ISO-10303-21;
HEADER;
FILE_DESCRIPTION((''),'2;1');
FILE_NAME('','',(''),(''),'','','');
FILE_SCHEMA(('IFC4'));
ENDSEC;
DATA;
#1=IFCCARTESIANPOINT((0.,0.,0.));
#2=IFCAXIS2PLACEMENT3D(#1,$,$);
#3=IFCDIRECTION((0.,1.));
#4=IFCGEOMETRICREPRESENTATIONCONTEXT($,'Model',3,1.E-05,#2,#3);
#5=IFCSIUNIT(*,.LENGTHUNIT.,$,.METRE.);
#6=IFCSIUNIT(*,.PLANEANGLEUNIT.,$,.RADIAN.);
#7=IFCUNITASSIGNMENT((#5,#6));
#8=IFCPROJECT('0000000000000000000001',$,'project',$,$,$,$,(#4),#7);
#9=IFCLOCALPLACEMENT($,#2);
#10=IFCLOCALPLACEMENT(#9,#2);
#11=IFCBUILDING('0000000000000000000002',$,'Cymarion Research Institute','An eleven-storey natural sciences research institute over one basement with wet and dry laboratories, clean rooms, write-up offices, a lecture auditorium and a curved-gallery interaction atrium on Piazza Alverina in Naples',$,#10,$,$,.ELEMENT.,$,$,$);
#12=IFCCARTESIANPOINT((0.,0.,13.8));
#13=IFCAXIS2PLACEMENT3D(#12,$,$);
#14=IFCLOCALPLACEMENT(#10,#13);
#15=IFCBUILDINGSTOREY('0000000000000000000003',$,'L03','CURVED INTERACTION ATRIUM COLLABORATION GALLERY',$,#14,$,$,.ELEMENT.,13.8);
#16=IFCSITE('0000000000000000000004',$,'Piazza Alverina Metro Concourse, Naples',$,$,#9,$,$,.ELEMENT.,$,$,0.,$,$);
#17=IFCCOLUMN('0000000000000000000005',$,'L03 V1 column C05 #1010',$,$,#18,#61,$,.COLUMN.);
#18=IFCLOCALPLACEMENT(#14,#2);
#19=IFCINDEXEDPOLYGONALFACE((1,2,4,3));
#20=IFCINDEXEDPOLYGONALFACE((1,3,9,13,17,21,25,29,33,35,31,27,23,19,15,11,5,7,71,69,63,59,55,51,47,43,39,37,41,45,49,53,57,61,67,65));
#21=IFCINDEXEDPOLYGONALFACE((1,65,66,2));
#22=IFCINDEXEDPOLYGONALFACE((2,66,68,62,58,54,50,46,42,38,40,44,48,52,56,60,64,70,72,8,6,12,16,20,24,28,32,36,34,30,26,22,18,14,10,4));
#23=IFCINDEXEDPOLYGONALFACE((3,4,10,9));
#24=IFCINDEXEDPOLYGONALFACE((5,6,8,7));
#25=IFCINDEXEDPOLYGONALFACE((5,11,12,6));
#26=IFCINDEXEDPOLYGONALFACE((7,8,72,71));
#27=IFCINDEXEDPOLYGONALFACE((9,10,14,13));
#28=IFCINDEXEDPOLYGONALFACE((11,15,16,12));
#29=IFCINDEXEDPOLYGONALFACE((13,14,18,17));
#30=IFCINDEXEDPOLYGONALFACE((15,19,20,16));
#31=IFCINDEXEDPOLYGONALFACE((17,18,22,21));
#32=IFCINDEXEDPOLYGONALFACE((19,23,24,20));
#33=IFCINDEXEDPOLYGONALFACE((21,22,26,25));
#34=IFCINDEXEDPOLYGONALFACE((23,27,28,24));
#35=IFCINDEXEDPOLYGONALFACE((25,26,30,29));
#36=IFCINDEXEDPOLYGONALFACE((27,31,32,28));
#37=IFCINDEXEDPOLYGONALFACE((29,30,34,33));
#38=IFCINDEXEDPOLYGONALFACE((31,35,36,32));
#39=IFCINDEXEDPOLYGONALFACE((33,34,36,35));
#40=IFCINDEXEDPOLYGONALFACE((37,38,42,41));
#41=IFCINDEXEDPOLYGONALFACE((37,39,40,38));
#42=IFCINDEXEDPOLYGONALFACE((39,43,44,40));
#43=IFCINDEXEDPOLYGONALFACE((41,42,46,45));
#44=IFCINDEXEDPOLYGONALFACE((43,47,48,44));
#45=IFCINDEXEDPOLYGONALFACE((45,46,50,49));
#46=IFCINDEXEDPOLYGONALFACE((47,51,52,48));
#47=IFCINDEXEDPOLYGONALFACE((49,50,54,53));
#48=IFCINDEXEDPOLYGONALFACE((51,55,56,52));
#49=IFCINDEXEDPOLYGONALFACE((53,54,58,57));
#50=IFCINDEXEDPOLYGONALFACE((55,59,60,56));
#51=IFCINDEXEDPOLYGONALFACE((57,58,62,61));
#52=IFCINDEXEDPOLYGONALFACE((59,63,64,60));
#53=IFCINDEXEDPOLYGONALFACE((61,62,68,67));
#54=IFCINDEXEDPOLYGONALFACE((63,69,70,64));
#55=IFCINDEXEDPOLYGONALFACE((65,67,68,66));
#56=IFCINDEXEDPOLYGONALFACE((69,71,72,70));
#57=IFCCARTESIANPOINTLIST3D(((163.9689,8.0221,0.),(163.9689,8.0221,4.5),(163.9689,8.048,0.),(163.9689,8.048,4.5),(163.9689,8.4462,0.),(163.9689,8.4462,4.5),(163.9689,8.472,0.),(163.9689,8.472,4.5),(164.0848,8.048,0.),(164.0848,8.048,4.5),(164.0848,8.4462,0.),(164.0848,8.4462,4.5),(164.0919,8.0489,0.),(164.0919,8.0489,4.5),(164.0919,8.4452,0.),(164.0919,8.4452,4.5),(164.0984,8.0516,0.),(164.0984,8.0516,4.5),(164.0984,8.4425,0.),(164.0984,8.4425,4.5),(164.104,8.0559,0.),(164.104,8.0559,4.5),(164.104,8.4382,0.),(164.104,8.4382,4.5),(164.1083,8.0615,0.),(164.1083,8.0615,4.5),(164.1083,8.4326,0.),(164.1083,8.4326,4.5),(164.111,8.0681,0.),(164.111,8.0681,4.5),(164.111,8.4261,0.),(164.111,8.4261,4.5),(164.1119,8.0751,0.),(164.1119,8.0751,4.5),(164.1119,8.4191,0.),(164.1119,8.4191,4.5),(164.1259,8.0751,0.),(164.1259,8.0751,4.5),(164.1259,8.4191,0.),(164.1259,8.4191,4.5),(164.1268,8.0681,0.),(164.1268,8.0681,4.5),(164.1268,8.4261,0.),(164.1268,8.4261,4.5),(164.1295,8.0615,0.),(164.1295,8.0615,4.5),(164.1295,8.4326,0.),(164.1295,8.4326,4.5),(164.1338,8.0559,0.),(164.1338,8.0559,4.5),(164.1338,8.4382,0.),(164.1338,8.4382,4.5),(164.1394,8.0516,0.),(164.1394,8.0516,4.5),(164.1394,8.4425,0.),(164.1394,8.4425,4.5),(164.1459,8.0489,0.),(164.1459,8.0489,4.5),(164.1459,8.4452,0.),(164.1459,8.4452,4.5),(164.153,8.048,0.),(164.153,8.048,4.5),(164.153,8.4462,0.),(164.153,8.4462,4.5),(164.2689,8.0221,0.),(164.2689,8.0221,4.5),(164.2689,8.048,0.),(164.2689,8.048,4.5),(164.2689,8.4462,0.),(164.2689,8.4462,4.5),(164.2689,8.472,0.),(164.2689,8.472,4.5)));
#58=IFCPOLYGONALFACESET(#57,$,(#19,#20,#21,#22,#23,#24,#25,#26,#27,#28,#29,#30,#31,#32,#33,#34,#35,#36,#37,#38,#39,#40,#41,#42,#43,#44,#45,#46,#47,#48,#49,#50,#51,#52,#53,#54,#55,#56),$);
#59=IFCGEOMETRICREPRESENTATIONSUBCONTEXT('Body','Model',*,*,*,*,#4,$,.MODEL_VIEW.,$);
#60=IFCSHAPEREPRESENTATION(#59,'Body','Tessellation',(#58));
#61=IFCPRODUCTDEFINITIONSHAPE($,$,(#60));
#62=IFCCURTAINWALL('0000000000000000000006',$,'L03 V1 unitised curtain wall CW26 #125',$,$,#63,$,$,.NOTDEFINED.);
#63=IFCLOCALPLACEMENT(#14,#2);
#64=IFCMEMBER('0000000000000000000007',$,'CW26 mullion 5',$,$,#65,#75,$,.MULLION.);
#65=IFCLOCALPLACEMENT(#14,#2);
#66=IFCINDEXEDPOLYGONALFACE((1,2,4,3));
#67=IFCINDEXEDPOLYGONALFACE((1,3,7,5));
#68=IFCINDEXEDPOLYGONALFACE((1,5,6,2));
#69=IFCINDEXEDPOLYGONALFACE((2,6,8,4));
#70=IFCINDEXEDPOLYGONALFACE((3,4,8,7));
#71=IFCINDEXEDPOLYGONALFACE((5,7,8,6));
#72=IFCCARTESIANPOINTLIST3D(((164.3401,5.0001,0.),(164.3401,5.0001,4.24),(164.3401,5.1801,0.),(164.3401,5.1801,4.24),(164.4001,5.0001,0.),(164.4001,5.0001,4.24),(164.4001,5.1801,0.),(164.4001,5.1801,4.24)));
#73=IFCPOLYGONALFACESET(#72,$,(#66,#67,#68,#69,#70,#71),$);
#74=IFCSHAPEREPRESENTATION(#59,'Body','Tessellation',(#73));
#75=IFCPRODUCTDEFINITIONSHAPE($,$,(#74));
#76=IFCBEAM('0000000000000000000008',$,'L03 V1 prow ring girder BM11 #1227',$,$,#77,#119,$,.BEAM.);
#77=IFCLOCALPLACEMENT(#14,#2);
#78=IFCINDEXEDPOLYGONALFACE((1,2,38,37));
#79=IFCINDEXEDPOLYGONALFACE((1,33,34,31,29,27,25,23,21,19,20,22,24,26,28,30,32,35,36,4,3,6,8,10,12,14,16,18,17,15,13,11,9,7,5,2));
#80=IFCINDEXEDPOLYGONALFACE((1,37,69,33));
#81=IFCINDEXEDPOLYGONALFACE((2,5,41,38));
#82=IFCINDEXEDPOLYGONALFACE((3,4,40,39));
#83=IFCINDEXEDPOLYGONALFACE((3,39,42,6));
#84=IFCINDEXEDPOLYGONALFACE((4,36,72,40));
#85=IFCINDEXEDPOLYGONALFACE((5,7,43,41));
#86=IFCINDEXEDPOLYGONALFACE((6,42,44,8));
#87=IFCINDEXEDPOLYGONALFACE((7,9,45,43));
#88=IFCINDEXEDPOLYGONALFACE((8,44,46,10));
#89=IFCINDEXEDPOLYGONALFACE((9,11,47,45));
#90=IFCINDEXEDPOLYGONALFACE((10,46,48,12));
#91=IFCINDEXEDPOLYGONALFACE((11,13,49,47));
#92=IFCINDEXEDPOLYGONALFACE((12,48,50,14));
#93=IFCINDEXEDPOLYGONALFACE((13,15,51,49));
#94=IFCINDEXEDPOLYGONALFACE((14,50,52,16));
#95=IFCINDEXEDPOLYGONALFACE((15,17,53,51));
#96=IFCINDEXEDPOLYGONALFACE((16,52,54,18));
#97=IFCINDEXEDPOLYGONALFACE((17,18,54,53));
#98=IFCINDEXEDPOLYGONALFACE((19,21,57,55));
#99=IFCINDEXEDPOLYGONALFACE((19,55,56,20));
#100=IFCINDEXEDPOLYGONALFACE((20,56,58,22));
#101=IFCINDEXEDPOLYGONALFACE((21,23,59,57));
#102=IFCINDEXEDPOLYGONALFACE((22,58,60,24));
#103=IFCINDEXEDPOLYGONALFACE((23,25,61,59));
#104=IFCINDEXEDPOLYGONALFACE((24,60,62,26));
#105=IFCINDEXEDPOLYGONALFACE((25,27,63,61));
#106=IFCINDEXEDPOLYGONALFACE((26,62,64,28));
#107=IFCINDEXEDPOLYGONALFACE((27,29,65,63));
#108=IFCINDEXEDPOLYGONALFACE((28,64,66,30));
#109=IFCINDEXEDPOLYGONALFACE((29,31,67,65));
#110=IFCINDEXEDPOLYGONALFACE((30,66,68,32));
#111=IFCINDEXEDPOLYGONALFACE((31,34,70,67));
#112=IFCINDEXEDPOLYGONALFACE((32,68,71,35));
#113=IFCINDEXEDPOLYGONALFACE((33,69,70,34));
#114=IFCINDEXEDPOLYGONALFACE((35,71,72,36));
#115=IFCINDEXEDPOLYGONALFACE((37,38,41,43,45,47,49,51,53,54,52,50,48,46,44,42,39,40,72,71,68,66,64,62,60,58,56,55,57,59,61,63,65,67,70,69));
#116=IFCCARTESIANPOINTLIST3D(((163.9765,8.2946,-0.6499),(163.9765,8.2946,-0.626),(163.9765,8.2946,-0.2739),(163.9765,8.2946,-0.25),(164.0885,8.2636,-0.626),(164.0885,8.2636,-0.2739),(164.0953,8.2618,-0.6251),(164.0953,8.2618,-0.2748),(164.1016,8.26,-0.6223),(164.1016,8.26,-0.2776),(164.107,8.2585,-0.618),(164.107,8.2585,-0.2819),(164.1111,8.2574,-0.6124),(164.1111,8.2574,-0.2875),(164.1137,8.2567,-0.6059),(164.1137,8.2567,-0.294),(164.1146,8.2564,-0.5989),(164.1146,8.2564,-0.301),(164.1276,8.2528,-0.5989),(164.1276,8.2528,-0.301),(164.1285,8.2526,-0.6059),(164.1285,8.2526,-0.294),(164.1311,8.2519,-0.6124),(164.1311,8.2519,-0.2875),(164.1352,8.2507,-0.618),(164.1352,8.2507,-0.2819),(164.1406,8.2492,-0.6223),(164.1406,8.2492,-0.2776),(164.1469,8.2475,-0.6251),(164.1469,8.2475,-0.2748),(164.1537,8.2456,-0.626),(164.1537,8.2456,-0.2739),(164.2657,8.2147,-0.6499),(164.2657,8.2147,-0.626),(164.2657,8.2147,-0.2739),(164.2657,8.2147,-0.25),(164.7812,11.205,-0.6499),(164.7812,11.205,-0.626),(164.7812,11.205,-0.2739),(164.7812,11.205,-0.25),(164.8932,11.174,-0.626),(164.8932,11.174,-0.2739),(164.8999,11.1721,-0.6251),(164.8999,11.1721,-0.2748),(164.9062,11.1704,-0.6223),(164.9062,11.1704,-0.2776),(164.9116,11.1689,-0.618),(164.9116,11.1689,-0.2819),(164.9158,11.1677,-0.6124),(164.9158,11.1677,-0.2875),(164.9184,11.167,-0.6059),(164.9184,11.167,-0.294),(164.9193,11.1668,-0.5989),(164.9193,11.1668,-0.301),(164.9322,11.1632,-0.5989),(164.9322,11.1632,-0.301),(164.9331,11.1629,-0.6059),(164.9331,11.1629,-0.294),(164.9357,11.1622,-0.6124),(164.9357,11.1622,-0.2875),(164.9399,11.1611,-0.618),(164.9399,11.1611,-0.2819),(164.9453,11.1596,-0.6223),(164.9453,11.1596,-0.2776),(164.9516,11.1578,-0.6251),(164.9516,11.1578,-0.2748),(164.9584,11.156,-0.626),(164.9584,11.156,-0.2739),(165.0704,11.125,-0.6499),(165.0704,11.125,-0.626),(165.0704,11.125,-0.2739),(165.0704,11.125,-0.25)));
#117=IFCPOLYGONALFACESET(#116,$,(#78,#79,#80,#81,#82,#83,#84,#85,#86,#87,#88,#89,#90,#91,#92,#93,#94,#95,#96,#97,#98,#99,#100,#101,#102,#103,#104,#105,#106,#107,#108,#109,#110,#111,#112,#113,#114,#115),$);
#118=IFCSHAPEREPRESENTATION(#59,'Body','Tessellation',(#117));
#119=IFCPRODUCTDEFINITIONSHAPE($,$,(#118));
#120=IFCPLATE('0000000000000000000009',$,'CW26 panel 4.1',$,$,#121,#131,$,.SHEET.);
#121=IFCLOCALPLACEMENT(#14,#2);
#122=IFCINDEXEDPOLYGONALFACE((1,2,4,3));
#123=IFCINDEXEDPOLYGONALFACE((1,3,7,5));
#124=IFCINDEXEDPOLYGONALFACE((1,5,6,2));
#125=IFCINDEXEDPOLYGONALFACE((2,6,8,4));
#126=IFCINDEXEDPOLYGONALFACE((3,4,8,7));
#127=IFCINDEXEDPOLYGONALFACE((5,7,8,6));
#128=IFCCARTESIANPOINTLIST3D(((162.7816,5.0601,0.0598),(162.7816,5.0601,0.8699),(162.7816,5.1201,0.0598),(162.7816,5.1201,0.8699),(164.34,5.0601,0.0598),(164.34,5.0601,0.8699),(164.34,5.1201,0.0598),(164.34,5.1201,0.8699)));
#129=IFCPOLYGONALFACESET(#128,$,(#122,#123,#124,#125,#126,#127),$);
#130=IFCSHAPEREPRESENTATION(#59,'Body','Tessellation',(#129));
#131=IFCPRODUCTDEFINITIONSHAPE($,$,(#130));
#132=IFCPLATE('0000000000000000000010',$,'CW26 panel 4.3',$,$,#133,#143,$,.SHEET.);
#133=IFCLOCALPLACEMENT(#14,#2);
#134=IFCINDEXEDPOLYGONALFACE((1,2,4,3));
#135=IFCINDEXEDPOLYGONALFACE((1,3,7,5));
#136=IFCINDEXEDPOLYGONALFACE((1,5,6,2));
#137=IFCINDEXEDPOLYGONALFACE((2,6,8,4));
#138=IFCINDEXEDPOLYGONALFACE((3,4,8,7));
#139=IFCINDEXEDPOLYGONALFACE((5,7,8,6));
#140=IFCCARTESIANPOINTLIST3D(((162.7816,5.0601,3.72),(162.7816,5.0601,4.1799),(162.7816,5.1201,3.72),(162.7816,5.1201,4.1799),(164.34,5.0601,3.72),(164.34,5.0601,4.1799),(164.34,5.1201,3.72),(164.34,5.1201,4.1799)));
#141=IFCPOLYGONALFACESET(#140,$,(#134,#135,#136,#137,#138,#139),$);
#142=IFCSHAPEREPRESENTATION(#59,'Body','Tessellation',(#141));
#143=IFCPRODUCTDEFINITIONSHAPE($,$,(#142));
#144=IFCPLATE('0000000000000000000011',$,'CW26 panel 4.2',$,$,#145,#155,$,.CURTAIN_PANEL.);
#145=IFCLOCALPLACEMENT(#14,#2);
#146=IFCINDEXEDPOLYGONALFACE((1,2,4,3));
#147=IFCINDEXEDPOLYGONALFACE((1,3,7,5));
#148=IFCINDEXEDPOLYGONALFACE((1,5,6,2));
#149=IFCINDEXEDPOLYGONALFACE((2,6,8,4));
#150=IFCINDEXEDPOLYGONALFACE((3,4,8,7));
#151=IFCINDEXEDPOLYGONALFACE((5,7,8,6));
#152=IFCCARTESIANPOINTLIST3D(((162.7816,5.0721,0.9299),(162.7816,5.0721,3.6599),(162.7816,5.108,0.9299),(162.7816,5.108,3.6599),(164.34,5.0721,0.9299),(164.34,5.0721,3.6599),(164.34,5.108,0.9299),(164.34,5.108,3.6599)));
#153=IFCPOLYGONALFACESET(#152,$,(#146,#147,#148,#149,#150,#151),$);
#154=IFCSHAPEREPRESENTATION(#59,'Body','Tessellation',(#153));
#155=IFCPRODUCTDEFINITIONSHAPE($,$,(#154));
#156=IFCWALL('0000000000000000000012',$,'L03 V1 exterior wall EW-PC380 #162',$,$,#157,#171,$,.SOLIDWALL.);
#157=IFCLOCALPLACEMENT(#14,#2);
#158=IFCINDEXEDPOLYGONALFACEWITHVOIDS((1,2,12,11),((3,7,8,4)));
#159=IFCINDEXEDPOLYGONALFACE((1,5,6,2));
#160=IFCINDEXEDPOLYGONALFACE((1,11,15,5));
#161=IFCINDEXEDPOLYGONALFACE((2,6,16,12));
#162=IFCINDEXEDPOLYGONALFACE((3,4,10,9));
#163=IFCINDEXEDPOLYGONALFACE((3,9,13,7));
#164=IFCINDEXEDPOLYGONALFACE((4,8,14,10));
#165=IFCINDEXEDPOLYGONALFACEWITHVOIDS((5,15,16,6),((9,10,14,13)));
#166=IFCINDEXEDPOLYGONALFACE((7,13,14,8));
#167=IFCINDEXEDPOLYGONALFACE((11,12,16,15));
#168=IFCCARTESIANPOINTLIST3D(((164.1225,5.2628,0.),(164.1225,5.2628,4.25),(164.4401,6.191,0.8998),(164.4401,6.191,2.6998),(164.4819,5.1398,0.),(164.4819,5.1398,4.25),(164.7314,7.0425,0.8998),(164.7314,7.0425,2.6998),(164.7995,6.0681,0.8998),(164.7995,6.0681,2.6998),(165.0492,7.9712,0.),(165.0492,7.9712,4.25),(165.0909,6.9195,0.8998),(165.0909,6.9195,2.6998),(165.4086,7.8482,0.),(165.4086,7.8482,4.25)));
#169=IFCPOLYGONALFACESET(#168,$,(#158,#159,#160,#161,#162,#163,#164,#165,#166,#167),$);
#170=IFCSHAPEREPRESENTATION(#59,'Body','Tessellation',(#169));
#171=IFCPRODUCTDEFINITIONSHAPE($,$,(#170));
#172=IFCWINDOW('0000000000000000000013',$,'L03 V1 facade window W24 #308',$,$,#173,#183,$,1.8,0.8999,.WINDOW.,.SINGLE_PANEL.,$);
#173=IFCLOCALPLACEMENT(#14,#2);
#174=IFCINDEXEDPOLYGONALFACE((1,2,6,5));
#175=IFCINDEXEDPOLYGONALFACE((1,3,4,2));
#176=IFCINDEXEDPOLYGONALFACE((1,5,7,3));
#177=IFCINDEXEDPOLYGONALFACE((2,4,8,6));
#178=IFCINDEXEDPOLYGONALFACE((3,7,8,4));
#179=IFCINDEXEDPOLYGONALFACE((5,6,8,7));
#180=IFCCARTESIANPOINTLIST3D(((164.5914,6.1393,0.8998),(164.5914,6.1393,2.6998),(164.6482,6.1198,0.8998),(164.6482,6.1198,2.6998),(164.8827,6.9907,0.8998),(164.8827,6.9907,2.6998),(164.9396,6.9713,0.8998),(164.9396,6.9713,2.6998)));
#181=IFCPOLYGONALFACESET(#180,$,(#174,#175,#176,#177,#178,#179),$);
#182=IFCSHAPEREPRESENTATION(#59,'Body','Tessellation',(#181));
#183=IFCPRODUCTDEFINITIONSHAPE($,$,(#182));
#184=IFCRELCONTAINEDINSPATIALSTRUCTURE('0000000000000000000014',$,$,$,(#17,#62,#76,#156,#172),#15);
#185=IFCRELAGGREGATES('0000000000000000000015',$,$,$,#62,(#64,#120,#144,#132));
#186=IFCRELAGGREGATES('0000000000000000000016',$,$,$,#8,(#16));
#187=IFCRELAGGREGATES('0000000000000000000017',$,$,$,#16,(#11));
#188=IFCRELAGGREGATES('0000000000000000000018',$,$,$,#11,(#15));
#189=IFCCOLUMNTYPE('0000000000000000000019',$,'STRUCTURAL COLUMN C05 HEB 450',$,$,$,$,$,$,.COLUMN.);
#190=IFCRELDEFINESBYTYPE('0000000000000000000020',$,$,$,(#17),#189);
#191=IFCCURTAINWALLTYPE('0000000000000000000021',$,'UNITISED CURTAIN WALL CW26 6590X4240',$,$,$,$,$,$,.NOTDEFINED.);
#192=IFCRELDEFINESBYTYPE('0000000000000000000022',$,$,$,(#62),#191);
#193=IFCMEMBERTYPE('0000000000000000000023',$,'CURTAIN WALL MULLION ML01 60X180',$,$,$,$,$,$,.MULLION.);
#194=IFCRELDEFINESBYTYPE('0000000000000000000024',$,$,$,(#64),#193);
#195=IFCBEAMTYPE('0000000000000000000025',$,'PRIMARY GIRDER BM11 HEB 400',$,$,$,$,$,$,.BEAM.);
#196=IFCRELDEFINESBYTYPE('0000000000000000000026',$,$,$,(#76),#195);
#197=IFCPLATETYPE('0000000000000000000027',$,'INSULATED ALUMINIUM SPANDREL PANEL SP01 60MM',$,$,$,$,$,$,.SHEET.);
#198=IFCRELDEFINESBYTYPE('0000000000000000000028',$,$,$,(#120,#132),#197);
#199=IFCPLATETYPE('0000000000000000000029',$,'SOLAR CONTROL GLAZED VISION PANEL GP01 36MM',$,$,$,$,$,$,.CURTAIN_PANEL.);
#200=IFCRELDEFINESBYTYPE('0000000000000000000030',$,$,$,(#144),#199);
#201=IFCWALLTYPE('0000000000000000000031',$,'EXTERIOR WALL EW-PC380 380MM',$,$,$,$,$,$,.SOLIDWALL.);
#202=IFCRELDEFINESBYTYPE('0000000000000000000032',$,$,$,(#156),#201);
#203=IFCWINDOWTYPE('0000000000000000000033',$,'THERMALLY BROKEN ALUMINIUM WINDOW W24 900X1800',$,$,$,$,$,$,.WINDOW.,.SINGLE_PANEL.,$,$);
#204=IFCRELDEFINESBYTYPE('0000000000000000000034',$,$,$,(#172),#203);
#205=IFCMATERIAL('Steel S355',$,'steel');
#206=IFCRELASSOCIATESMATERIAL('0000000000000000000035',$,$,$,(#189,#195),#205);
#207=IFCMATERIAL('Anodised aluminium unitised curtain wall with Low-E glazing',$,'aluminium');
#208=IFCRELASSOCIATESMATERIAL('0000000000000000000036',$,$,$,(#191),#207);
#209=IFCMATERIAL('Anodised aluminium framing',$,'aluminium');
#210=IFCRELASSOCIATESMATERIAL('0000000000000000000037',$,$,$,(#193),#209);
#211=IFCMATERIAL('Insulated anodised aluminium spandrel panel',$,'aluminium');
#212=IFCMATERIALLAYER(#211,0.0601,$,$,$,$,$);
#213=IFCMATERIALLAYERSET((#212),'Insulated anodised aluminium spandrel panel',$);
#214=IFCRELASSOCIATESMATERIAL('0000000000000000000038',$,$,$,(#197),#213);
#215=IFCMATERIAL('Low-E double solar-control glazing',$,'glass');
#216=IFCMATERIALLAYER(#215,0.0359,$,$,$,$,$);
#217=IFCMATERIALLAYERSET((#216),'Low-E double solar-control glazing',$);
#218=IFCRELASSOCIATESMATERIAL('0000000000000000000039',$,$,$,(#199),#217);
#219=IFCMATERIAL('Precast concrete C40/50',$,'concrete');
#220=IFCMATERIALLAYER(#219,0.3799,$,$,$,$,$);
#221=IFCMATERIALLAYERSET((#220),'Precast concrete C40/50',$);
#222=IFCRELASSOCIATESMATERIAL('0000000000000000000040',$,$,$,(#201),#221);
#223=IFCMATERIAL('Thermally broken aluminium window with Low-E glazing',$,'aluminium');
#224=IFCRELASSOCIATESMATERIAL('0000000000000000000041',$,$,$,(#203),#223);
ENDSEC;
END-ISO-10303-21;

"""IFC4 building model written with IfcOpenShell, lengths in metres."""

from ifc_helpers import new_model, si_unit, direction, frame, frame_2d, origin, origin_2d, place, context, subcontext, project, spatial, rectangle, i_section, extrude, material, layer, layer_set, material_profile, profile_set, type_object, element, fill, aggregate, save


model = new_model("IFC4")

# Units and contexts
model_context = context("Model", 3, precision=1e-05, world=origin(), true_north=direction((0.0, 1.0)))
body_context = subcontext(model_context, "Body", "Model", "MODEL_VIEW")
ifc_project = project(units=[si_unit("LENGTHUNIT", "METRE"), si_unit("PLANEANGLEUNIT", "RADIAN")], contexts=[model_context])

# Site, building, storey
site_placement = place(None, origin())
site = spatial("IfcSite", under=ifc_project, at=site_placement, Name="Piazza Alverina Metro Concourse, Naples", CompositionType="ELEMENT", RefElevation=0.0)
building_placement = place(site_placement, origin())
building = spatial("IfcBuilding", under=site, at=building_placement, Name="Cymarion Research Institute", Description="An eleven-storey natural sciences research institute over one basement with wet and dry laboratories, clean rooms, write-up offices, a lecture auditorium and a curved-gallery interaction atrium on Piazza Alverina in Naples", CompositionType="ELEMENT")
storey_placement = place(building_placement, frame((0.0, 0.0, 13.8)))
storey = spatial("IfcBuildingStorey", under=building, at=storey_placement, Name="L03", Description="CURVED INTERACTION ATRIUM COLLABORATION GALLERY", CompositionType="ELEMENT", Elevation=13.8)

# Column
ifc_material_1 = material(Name="Steel S355", Category="steel")
ifc_material_profile_1 = material_profile(ifc_material_1, i_section(OverallWidth=0.3, OverallDepth=0.45, WebThickness=0.0139, FlangeThickness=0.0259, FilletRadius=0.0271, at=origin_2d()), Name="HEB 450")
ifc_profile_set_1 = profile_set([ifc_material_profile_1], Name="Steel S355")
column_type = type_object("IfcColumnType", Name="STRUCTURAL COLUMN C05 HEB 450", PredefinedType="COLUMN", material=ifc_profile_set_1)
column_placement = place(storey_placement, frame((164.1189, 8.2471, 0.0), z_axis=(0.0, 0.0, 1.0), x_axis=(1.0, 0.0, 0.0)))
element("IfcColumn", 1, at=column_placement, inside=storey, type_object=column_type, Name="L03 V1 column C05 #1010", PredefinedType="COLUMN", context=body_context, shape_type="SweptSolid", body=[
    extrude(i_section(OverallWidth=0.3, OverallDepth=0.45, WebThickness=0.0139, FlangeThickness=0.0259, FilletRadius=0.0271, at=origin_2d()), origin(), (0.0, 0.0, 1.0), 4.5),
])

# Curtain wall, member
ifc_material_2 = material(Name="Anodised aluminium unitised curtain wall with Low-E glazing", Category="aluminium")
curtain_wall_type = type_object("IfcCurtainWallType", Name="UNITISED CURTAIN WALL CW26 6590X4240", PredefinedType="NOTDEFINED", material=ifc_material_2)
curtain_wall_placement = place(storey_placement, origin())
curtain_wall = element("IfcCurtainWall", 2, at=curtain_wall_placement, inside=storey, type_object=curtain_wall_type, Name="L03 V1 unitised curtain wall CW26 #125", PredefinedType="NOTDEFINED")
ifc_material_3 = material(Name="Anodised aluminium framing", Category="aluminium")
ifc_material_profile_2 = material_profile(ifc_material_3, rectangle(XDim=0.0601, YDim=0.1799, at=origin_2d()), Name="ALU MULLION 60x180")
ifc_profile_set_2 = profile_set([ifc_material_profile_2], Name="Anodised aluminium framing")
member_type = type_object("IfcMemberType", Name="CURTAIN WALL MULLION ML01 60X180", PredefinedType="MULLION", material=ifc_profile_set_2)
member_placement = place(storey_placement, frame((164.3701, 5.0901, 0.0), z_axis=(0.0, 0.0, 1.0), x_axis=(1.0, 0.0, 0.0)))
member = element("IfcMember", 3, at=member_placement, type_object=member_type, Name="CW26 mullion 5", PredefinedType="MULLION", context=body_context, shape_type="SweptSolid", body=[
    extrude(rectangle(XDim=0.0601, YDim=0.1799, at=origin_2d()), origin(), (0.0, 0.0, 1.0), 4.24),
])

# Beam
ifc_material_profile_3 = material_profile(ifc_material_1, i_section(OverallWidth=0.3, OverallDepth=0.3999, WebThickness=0.0134, FlangeThickness=0.0239, FilletRadius=0.0271, at=origin_2d()), Name="HEB 400")
ifc_profile_set_3 = profile_set([ifc_material_profile_3], Name="Steel S355")
beam_type = type_object("IfcBeamType", Name="PRIMARY GIRDER BM11 HEB 400", PredefinedType="BEAM", material=ifc_profile_set_3)
beam_placement = place(storey_placement, frame((164.1211, 8.2546, -0.45), z_axis=(0.266489, 0.963838, 0.0), x_axis=(-0.963838, 0.266489, 0.0)))
element("IfcBeam", 4, at=beam_placement, inside=storey, type_object=beam_type, Name="L03 V1 prow ring girder BM11 #1227", PredefinedType="BEAM", context=body_context, shape_type="SweptSolid", body=[
    extrude(i_section(OverallWidth=0.3, OverallDepth=0.3999, WebThickness=0.0134, FlangeThickness=0.0239, FilletRadius=0.0271, at=origin_2d()), origin(), (0.0, 0.0, 1.0), 3.0195),
])

# Plates
ifc_material_4 = material(Name="Insulated anodised aluminium spandrel panel", Category="aluminium")
ifc_layer_1 = layer(ifc_material_4, 0.0601)
ifc_layer_set_1 = layer_set([ifc_layer_1], Name="Insulated anodised aluminium spandrel panel")
plate_type_1 = type_object("IfcPlateType", Name="INSULATED ALUMINIUM SPANDREL PANEL SP01 60MM", PredefinedType="SHEET", material=ifc_layer_set_1)
plate_1_placement = place(storey_placement, frame((163.5608, 5.0901, 0.0598), z_axis=(0.0, 0.0, 1.0), x_axis=(1.0, 0.0, 0.0)))
plate_1 = element("IfcPlate", 5, at=plate_1_placement, type_object=plate_type_1, Name="CW26 panel 4.1", PredefinedType="SHEET", context=body_context, shape_type="SweptSolid", body=[
    extrude(rectangle(XDim=1.5583, YDim=0.0601, at=origin_2d()), origin(), (0.0, 0.0, 1.0), 0.8101),
])
plate_2_placement = place(storey_placement, frame((163.5608, 5.0901, 3.72), z_axis=(0.0, 0.0, 1.0), x_axis=(1.0, 0.0, 0.0)))
plate_2 = element("IfcPlate", 6, at=plate_2_placement, type_object=plate_type_1, Name="CW26 panel 4.3", PredefinedType="SHEET", context=body_context, shape_type="SweptSolid", body=[
    extrude(rectangle(XDim=1.5583, YDim=0.0601, at=origin_2d()), origin(), (0.0, 0.0, 1.0), 0.46),
])
ifc_material_5 = material(Name="Low-E double solar-control glazing", Category="glass")
ifc_layer_2 = layer(ifc_material_5, 0.0359)
ifc_layer_set_2 = layer_set([ifc_layer_2], Name="Low-E double solar-control glazing")
plate_type_2 = type_object("IfcPlateType", Name="SOLAR CONTROL GLAZED VISION PANEL GP01 36MM", PredefinedType="CURTAIN_PANEL", material=ifc_layer_set_2)
plate_3_placement = place(storey_placement, frame((163.5608, 5.0901, 0.9299), z_axis=(0.0, 0.0, 1.0), x_axis=(1.0, 0.0, 0.0)))
plate_3 = element("IfcPlate", 7, at=plate_3_placement, type_object=plate_type_2, Name="CW26 panel 4.2", PredefinedType="CURTAIN_PANEL", context=body_context, shape_type="SweptSolid", body=[
    extrude(rectangle(XDim=1.5583, YDim=0.0359, at=origin_2d()), origin(), (0.0, 0.0, 1.0), 2.73),
])
aggregate(curtain_wall, [member, plate_1, plate_3, plate_2])

# Wall, opening, window
ifc_material_6 = material(Name="Precast concrete C40/50", Category="concrete")
ifc_layer_3 = layer(ifc_material_6, 0.3799)
ifc_layer_set_3 = layer_set([ifc_layer_3], Name="Precast concrete C40/50")
wall_type = type_object("IfcWallType", Name="EXTERIOR WALL EW-PC380 380MM", PredefinedType="SOLIDWALL", material=ifc_layer_set_3)
wall_1_placement = place(storey_placement, frame((164.3022, 5.2014, 0.0), z_axis=(0.0, 0.0, 1.0), x_axis=(0.32374, 0.946146, 0.0)))
wall_1 = element("IfcWall", 8, at=wall_1_placement, inside=storey, type_object=wall_type, Name="L03 V1 exterior wall EW-PC380 #162", PredefinedType="SOLIDWALL", context=body_context, shape_type="SweptSolid", body=[
    extrude(rectangle(XDim=2.8625, YDim=0.3799, at=frame_2d((1.4312, 0.0))), origin(), (0.0, 0.0, 1.0), 4.25),
])
opening_1_placement = place(wall_1_placement, frame((0.981, 0.0, 0.8999)))
opening_1 = element("IfcOpeningElement", 9, at=opening_1_placement, cuts=wall_1, PredefinedType="OPENING", context=body_context, shape_type="SweptSolid", body=[
    extrude(rectangle(XDim=0.8999, YDim=1.8, at=frame_2d((0.45, 0.8999))), frame((0.0, 0.2, 0.0), z_axis=(0.0, -1.0, 0.0), x_axis=(1.0, 0.0, 0.0)), (0.0, 0.0, 1.0), 0.3999),
])
ifc_material_7 = material(Name="Thermally broken aluminium window with Low-E glazing", Category="aluminium")
window_type = type_object("IfcWindowType", Name="THERMALLY BROKEN ALUMINIUM WINDOW W24 900X1800", PartitioningType="SINGLE_PANEL", PredefinedType="WINDOW", material=ifc_material_7)
window_1_placement = place(opening_1_placement, origin())
window_1 = element("IfcWindow", 10, at=window_1_placement, inside=storey, type_object=window_type, Name="L03 V1 facade window W24 #308", OverallHeight=1.8, OverallWidth=0.8999, PartitioningType="SINGLE_PANEL", PredefinedType="WINDOW", context=body_context, shape_type="SweptSolid", body=[
    extrude(rectangle(XDim=0.8999, YDim=1.8, at=frame_2d((0.45, 0.8999))), frame((0.0, 0.03, 0.0), z_axis=(0.0, -1.0, 0.0), x_axis=(1.0, 0.0, 0.0)), (0.0, 0.0, 1.0), 0.0601),
])
fill(opening_1, window_1)

save(model, "model.ifc")
